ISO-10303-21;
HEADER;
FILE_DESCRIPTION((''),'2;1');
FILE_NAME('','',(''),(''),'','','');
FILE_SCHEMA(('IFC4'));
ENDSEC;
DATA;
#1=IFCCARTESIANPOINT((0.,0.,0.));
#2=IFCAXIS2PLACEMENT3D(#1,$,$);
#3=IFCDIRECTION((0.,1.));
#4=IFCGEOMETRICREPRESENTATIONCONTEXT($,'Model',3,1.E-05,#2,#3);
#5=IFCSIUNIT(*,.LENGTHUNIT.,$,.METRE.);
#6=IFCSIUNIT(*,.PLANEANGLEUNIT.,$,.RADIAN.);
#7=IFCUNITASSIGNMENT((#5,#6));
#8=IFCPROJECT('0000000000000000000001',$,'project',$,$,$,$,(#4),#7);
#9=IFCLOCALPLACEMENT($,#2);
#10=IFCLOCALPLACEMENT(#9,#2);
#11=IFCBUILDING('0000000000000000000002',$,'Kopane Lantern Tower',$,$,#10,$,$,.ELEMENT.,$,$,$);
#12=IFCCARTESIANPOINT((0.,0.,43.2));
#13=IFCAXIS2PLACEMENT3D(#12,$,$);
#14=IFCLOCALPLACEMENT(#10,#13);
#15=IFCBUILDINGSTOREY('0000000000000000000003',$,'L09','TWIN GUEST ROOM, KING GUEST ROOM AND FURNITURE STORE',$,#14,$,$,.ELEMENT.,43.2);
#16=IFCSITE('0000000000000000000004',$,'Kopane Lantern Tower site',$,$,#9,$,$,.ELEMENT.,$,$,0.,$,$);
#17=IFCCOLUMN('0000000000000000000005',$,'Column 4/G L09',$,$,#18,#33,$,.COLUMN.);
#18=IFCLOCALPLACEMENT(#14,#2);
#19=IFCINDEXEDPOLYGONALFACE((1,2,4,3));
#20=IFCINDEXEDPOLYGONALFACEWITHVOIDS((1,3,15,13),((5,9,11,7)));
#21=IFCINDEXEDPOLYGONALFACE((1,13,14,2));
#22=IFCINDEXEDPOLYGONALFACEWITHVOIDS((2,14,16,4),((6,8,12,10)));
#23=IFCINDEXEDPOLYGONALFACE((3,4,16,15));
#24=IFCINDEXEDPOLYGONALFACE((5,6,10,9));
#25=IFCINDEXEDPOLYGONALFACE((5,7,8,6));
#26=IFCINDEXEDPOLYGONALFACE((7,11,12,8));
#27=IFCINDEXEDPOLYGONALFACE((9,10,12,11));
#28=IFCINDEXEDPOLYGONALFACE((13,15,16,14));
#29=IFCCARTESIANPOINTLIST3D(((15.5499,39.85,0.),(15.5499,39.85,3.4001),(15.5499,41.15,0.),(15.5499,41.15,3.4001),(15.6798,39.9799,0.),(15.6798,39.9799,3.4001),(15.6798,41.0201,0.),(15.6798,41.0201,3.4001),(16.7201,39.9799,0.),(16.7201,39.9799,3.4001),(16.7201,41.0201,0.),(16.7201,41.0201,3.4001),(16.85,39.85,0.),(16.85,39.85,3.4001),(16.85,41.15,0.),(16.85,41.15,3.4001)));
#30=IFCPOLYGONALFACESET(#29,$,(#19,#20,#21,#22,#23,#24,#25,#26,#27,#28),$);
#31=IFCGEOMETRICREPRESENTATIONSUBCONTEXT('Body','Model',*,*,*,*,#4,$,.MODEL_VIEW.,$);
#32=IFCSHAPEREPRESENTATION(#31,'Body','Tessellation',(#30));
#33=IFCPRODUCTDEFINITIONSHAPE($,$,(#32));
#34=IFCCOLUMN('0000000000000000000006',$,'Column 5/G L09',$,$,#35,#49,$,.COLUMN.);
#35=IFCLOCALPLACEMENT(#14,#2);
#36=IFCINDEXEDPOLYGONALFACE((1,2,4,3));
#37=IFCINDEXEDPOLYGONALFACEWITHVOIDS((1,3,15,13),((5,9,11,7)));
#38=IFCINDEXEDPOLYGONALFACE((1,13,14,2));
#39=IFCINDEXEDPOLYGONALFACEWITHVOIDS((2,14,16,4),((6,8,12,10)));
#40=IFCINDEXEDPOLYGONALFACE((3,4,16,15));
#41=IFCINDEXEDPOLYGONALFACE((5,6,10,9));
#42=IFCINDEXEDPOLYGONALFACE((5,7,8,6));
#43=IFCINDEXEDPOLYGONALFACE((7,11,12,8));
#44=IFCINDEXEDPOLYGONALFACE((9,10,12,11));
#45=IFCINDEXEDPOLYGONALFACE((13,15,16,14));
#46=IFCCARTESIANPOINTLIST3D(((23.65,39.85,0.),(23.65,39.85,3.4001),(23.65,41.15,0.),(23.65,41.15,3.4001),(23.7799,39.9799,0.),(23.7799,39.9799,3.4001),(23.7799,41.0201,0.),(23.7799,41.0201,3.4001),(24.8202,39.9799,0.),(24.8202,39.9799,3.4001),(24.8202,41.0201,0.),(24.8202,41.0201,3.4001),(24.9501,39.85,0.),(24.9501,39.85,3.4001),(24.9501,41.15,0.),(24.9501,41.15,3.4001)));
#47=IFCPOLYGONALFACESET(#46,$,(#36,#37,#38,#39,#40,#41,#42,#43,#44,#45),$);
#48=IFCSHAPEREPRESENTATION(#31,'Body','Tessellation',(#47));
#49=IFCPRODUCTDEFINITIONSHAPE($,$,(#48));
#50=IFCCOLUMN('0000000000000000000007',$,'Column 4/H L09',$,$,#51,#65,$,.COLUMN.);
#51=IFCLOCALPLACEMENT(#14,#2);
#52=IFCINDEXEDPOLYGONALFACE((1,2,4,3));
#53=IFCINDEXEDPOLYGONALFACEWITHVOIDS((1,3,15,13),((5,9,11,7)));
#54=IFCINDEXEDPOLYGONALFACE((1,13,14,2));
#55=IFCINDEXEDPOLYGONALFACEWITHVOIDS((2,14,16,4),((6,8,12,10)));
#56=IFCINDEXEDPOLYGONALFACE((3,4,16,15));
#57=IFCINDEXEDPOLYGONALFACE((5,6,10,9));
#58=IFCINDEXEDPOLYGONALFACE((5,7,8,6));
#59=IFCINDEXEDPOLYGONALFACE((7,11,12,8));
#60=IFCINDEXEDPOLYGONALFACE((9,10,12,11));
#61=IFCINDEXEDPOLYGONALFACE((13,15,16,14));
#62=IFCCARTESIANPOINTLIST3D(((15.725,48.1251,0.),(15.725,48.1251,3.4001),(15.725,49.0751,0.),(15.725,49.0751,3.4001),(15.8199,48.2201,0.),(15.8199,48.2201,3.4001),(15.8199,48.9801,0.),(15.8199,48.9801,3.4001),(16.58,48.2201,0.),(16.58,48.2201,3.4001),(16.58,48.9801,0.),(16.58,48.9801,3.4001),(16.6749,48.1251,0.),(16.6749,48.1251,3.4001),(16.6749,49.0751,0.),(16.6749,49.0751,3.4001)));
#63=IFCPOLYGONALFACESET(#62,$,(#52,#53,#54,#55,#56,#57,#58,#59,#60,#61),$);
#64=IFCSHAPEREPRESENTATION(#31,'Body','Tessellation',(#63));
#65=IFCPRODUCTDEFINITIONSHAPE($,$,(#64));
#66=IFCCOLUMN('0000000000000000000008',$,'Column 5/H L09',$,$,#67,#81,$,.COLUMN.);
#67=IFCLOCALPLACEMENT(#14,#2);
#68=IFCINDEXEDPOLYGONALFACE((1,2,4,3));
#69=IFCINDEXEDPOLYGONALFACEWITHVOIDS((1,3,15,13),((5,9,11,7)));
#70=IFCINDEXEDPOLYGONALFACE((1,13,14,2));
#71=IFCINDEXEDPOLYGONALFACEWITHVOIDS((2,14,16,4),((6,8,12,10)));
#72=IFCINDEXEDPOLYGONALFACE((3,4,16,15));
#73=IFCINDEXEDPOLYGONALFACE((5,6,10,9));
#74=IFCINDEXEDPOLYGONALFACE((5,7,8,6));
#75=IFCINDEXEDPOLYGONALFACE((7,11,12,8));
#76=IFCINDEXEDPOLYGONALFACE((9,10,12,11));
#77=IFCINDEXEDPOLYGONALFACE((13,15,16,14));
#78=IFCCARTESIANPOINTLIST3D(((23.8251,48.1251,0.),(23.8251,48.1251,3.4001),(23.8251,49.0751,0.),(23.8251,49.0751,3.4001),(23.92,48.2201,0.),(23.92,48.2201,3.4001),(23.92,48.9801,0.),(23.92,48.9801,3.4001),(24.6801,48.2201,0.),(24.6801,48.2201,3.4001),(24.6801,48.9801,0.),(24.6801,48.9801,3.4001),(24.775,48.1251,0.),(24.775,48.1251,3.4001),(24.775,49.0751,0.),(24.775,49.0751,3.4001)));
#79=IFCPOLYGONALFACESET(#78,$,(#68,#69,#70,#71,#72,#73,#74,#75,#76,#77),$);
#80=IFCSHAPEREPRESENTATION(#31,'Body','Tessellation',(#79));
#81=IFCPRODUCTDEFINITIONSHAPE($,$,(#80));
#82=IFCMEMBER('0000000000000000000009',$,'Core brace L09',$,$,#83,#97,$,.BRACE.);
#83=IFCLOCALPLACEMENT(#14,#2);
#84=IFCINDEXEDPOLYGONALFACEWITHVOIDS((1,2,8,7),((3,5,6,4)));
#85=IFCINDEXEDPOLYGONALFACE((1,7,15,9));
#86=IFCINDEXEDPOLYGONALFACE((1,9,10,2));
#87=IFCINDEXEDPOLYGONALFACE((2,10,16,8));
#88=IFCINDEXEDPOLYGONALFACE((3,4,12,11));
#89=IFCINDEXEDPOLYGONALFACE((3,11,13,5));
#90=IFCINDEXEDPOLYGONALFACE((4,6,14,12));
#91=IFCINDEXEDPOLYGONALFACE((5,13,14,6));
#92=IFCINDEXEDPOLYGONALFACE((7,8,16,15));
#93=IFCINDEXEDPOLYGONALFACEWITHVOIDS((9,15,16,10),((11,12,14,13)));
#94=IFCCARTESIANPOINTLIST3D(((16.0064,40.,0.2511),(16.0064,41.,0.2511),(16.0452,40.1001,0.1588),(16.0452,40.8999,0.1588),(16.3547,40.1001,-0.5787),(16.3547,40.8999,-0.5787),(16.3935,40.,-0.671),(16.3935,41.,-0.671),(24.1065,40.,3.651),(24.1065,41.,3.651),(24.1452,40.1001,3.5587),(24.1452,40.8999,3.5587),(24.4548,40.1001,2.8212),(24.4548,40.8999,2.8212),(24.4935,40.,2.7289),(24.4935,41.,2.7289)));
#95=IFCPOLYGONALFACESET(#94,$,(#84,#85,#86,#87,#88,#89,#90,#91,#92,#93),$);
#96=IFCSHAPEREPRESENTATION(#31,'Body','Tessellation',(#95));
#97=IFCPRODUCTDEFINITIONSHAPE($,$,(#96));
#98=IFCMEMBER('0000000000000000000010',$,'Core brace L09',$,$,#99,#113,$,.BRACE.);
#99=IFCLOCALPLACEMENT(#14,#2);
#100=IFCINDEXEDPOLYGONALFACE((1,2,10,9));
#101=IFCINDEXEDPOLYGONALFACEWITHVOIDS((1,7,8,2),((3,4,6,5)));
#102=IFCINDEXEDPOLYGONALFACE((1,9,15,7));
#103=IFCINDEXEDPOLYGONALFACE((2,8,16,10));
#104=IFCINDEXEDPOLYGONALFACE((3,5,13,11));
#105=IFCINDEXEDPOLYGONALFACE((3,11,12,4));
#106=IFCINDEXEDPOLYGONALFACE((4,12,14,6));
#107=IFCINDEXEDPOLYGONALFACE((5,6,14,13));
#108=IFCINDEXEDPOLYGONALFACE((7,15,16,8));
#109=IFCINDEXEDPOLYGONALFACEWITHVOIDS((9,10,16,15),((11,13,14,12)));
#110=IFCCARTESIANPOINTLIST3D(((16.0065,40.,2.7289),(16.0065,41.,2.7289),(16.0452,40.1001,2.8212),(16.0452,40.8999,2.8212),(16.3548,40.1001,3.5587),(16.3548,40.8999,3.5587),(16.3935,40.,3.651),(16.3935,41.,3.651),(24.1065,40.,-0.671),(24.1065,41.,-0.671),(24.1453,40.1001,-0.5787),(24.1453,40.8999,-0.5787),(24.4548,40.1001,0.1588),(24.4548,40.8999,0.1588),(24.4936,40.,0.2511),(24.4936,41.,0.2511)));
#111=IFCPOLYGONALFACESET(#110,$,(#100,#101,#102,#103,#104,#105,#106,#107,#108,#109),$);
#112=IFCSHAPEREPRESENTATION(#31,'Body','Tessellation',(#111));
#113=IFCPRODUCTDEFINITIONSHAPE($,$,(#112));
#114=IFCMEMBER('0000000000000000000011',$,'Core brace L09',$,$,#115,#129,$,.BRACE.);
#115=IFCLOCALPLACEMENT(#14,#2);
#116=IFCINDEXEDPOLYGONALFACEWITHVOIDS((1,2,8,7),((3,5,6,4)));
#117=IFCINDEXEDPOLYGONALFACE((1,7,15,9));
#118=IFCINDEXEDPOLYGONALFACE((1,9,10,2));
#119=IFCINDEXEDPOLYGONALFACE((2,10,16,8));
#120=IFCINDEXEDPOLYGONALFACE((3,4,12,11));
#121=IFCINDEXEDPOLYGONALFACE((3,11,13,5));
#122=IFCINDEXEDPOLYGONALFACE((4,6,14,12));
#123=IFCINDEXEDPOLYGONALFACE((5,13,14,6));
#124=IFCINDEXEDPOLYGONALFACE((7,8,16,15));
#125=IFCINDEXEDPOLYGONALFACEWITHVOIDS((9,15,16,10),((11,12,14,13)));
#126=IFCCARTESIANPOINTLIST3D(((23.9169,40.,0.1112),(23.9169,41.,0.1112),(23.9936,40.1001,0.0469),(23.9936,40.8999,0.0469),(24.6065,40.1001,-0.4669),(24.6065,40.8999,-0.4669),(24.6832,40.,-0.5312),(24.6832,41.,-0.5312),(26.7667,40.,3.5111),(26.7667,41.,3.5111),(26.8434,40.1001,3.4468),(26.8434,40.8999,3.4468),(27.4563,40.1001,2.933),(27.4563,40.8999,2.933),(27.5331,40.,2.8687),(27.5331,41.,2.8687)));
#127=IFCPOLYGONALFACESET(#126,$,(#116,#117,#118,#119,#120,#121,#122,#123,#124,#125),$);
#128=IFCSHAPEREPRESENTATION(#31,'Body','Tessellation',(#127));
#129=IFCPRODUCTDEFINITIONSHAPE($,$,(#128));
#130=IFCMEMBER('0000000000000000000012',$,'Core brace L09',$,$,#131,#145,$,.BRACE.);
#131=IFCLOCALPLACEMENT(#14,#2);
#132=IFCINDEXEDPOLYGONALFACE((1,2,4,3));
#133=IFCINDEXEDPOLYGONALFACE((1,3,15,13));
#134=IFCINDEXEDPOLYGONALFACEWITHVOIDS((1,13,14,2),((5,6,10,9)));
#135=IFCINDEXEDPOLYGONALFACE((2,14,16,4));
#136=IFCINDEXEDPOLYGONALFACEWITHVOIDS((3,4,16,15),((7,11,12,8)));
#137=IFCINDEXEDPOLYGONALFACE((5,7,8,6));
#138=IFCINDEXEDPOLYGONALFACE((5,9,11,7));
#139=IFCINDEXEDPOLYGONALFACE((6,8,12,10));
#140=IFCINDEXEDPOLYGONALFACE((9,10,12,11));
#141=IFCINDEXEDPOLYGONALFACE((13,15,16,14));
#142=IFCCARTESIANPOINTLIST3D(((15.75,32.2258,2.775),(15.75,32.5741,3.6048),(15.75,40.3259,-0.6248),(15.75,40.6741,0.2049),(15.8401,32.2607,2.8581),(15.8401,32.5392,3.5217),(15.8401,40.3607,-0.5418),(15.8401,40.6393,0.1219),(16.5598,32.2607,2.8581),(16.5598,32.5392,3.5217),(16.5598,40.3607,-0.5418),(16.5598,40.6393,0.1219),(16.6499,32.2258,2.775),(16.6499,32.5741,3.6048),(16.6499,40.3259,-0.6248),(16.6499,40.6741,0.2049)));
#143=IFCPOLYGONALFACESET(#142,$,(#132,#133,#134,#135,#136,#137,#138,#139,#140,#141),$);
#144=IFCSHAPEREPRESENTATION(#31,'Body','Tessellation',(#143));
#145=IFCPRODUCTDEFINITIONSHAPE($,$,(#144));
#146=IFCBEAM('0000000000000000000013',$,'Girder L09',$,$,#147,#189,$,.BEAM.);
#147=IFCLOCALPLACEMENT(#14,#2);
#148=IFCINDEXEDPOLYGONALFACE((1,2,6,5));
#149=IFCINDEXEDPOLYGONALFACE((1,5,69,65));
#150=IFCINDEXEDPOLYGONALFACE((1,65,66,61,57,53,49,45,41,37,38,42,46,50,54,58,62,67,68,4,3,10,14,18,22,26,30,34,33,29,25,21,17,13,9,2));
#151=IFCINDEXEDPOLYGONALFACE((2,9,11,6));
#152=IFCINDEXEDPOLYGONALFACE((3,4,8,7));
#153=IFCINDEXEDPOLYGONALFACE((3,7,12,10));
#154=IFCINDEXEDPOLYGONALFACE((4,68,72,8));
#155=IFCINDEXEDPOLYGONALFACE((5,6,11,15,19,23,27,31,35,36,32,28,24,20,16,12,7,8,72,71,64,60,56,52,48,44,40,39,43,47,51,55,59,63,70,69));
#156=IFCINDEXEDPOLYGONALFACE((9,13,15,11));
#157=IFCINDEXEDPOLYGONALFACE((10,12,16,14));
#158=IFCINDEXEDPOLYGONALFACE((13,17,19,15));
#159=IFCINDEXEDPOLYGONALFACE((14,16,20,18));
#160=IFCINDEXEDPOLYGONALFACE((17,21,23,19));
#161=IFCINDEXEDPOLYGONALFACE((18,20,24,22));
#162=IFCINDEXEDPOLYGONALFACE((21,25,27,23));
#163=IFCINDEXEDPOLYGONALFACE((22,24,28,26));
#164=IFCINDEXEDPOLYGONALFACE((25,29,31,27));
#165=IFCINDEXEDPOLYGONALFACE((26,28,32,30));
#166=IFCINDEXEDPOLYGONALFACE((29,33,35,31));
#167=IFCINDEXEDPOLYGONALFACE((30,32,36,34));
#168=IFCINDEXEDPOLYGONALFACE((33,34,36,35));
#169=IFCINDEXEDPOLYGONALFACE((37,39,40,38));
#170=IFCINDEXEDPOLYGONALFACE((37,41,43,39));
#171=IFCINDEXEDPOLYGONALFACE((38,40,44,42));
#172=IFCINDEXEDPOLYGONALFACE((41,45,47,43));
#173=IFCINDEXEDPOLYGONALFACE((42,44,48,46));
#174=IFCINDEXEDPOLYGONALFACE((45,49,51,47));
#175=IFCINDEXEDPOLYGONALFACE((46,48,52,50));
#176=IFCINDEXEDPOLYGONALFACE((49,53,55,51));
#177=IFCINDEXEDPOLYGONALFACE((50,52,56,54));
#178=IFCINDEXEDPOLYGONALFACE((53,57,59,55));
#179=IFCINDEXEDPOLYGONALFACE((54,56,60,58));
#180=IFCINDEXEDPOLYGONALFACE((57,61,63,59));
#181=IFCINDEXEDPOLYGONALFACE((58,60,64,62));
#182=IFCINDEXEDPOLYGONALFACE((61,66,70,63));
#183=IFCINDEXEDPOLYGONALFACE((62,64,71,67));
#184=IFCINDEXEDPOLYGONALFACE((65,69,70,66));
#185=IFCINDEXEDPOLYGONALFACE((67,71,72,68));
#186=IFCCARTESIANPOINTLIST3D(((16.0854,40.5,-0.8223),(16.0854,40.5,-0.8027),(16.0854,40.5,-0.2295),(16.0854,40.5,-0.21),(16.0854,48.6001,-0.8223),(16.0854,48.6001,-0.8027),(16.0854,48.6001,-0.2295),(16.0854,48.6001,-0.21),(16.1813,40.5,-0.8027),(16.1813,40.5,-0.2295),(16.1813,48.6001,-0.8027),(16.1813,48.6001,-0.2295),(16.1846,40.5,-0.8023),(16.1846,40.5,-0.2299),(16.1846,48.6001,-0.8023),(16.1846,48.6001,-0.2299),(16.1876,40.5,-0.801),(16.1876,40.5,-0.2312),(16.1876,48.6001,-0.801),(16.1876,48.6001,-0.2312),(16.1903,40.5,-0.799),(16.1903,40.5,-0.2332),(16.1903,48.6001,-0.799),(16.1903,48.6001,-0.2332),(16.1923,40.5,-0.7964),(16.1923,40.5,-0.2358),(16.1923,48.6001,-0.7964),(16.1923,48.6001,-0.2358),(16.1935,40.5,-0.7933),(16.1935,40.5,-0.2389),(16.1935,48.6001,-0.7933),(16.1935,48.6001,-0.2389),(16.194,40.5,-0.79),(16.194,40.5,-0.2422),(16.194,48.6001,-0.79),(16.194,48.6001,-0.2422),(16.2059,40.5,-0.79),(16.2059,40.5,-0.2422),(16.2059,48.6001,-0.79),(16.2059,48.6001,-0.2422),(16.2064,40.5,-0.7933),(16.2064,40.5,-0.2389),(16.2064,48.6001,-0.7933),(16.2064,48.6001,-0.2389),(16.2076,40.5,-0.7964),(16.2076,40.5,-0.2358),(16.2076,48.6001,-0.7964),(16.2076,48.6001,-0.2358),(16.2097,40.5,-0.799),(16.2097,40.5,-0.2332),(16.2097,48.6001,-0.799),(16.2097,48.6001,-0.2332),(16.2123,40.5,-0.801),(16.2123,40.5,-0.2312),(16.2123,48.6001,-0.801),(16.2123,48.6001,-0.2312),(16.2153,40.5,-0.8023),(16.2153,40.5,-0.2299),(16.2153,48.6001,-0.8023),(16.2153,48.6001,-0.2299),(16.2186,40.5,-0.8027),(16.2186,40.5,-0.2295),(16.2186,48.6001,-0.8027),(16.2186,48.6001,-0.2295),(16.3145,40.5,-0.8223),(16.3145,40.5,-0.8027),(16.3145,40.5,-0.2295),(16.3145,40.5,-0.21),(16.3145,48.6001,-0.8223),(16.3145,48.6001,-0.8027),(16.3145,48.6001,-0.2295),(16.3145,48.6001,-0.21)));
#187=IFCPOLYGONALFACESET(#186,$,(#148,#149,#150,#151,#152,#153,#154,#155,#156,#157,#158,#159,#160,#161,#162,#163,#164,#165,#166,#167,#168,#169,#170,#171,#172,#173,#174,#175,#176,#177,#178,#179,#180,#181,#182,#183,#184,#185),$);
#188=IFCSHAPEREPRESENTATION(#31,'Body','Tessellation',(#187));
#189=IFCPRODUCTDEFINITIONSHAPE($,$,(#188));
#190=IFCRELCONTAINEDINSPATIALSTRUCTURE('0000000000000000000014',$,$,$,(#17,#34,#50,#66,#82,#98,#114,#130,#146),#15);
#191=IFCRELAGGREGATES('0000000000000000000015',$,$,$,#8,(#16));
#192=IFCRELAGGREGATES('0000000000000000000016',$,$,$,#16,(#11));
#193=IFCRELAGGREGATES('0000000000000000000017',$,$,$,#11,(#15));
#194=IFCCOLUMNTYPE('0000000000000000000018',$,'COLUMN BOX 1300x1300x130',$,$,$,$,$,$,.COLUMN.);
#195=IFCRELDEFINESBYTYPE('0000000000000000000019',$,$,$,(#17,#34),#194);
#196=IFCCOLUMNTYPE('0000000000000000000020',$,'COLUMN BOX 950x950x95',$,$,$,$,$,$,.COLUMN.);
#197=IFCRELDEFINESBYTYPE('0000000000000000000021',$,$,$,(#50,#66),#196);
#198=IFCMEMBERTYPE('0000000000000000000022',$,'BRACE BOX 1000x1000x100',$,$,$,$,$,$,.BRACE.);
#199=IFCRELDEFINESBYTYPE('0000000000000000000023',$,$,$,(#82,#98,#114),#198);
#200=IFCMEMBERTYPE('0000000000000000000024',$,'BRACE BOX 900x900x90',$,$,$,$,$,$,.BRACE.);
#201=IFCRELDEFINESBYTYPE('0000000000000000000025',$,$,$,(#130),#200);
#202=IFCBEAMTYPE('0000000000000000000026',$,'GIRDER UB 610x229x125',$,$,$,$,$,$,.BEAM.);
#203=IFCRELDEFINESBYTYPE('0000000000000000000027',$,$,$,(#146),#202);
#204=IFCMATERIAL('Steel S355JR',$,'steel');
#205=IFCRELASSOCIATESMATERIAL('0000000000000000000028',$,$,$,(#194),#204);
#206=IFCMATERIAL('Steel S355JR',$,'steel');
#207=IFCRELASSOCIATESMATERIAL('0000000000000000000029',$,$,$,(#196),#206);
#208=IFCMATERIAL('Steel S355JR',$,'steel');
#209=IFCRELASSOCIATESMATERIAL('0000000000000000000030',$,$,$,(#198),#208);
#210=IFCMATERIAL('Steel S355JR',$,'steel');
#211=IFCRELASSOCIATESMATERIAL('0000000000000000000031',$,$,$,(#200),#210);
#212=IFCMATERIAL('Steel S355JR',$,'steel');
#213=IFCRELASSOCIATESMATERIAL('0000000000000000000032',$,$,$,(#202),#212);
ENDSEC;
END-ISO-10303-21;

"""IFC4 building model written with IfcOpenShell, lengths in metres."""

from ifc_helpers import new_model, si_unit, direction, frame, origin, origin_2d, place, context, subcontext, project, spatial, hollow_rectangle, i_section, extrude, material, material_profile, profile_set, type_object, element, save


model = new_model("IFC4")

# Units and contexts
model_context = context("Model", 3, precision=1e-05, world=origin(), true_north=direction((0.0, 1.0)))
body_context = subcontext(model_context, "Body", "Model", "MODEL_VIEW")
ifc_project = project(units=[si_unit("LENGTHUNIT", "METRE"), si_unit("PLANEANGLEUNIT", "RADIAN")], contexts=[model_context])

# Site, building, storey
site_placement = place(None, origin())
site = spatial("IfcSite", under=ifc_project, at=site_placement, Name="Kopane Lantern Tower site", CompositionType="ELEMENT", RefElevation=0.0)
building_placement = place(site_placement, origin())
building = spatial("IfcBuilding", under=site, at=building_placement, Name="Kopane Lantern Tower", CompositionType="ELEMENT")
storey_placement = place(building_placement, frame((0.0, 0.0, 43.2)))
storey = spatial("IfcBuildingStorey", under=building, at=storey_placement, Name="L09", Description="TWIN GUEST ROOM, KING GUEST ROOM AND FURNITURE STORE", CompositionType="ELEMENT", Elevation=43.2)

# Columns
ifc_material_1 = material(Name="Steel S355JR", Category="steel")
ifc_material_profile_1 = material_profile(ifc_material_1, hollow_rectangle(XDim=1.3, YDim=1.3, WallThickness=0.1299, at=origin_2d()), Name="BOX 1300x1300x130")
ifc_profile_set_1 = profile_set([ifc_material_profile_1], Name="Steel S355JR")
column_type_1 = type_object("IfcColumnType", Name="COLUMN BOX 1300x1300x130", PredefinedType="COLUMN", material=ifc_profile_set_1)
for number, where, z_axis, x_axis, name in (
    (1, (16.2, 40.5, 0.0), (0.0, 0.0, 1.0), (1.0, 0.0, 0.0), "Column 4/G L09"),
    (2, (24.3, 40.5, 0.0), (0.0, 0.0, 1.0), (1.0, 0.0, 0.0), "Column 5/G L09"),
):
    element("IfcColumn", number, at=place(storey_placement, frame(where, z_axis=z_axis, x_axis=x_axis)), inside=storey, type_object=column_type_1, Name=name, PredefinedType="COLUMN", context=body_context, shape_type="SweptSolid", body=[
        extrude(hollow_rectangle(XDim=1.3, YDim=1.3, WallThickness=0.1299, at=origin_2d()), origin(), (0.0, 0.0, 1.0), 3.4001),
    ])
ifc_material_2 = material(Name="Steel S355JR", Category="steel")
ifc_material_profile_2 = material_profile(ifc_material_2, hollow_rectangle(XDim=0.95, YDim=0.95, WallThickness=0.095, at=origin_2d()), Name="BOX 950x950x95")
ifc_profile_set_2 = profile_set([ifc_material_profile_2], Name="Steel S355JR")
column_type_2 = type_object("IfcColumnType", Name="COLUMN BOX 950x950x95", PredefinedType="COLUMN", material=ifc_profile_set_2)
for number, where, z_axis, x_axis, name in (
    (3, (16.2, 48.6001, 0.0), (0.0, 0.0, 1.0), (1.0, 0.0, 0.0), "Column 4/H L09"),
    (4, (24.3, 48.6001, 0.0), (0.0, 0.0, 1.0), (1.0, 0.0, 0.0), "Column 5/H L09"),
):
    element("IfcColumn", number, at=place(storey_placement, frame(where, z_axis=z_axis, x_axis=x_axis)), inside=storey, type_object=column_type_2, Name=name, PredefinedType="COLUMN", context=body_context, shape_type="SweptSolid", body=[
        extrude(hollow_rectangle(XDim=0.95, YDim=0.95, WallThickness=0.095, at=origin_2d()), origin(), (0.0, 0.0, 1.0), 3.4001),
    ])

# Members
ifc_material_3 = material(Name="Steel S355JR", Category="steel")
ifc_material_profile_3 = material_profile(ifc_material_3, hollow_rectangle(XDim=1.0, YDim=1.0, WallThickness=0.1001, at=origin_2d()), Name="BOX 1000x1000x100")
ifc_profile_set_3 = profile_set([ifc_material_profile_3], Name="Steel S355JR")
member_type_1 = type_object("IfcMemberType", Name="BRACE BOX 1000x1000x100", PredefinedType="BRACE", material=ifc_profile_set_3)
for number, where, z_axis, x_axis, name in (
    (5, (16.2, 40.5, -0.21), (0.922069, 0.0, 0.387026), (0.0, 1.0, 0.0), "Core brace L09"),
    (6, (24.3, 40.5, -0.21), (-0.922069, 0.0, 0.387026), (0.0, -1.0, 0.0), "Core brace L09"),
):
    element("IfcMember", number, at=place(storey_placement, frame(where, z_axis=z_axis, x_axis=x_axis)), inside=storey, type_object=member_type_1, Name=name, PredefinedType="BRACE", context=body_context, shape_type="SweptSolid", body=[
        extrude(hollow_rectangle(XDim=1.0, YDim=1.0, WallThickness=0.1001, at=origin_2d()), origin(), (0.0, 0.0, 1.0), 8.7847),
    ])
member_1_placement = place(storey_placement, frame((24.3, 40.5, -0.21), z_axis=(0.64239, 0.0, 0.766378), x_axis=(0.0, 1.0, 0.0)))
element("IfcMember", 7, at=member_1_placement, inside=storey, type_object=member_type_1, Name="Core brace L09", PredefinedType="BRACE", context=body_context, shape_type="SweptSolid", body=[
    extrude(hollow_rectangle(XDim=1.0, YDim=1.0, WallThickness=0.1001, at=origin_2d()), origin(), (0.0, 0.0, 1.0), 4.4363),
])
ifc_material_4 = material(Name="Steel S355JR", Category="steel")
ifc_material_profile_4 = material_profile(ifc_material_4, hollow_rectangle(XDim=0.8999, YDim=0.8999, WallThickness=0.0901, at=origin_2d()), Name="BOX 900x900x90")
ifc_profile_set_4 = profile_set([ifc_material_profile_4], Name="Steel S355JR")
member_type_2 = type_object("IfcMemberType", Name="BRACE BOX 900x900x90", PredefinedType="BRACE", material=ifc_profile_set_4)
member_2_placement = place(storey_placement, frame((16.2, 40.5, -0.21), z_axis=(0.0, -0.922069, 0.387026), x_axis=(1.0, 0.0, 0.0)))
element("IfcMember", 8, at=member_2_placement, inside=storey, type_object=member_type_2, Name="Core brace L09", PredefinedType="BRACE", context=body_context, shape_type="SweptSolid", body=[
    extrude(hollow_rectangle(XDim=0.8999, YDim=0.8999, WallThickness=0.0901, at=origin_2d()), origin(), (0.0, 0.0, 1.0), 8.7847),
])

# Beam
ifc_material_5 = material(Name="Steel S355JR", Category="steel")
ifc_material_profile_5 = material_profile(ifc_material_5, i_section(OverallWidth=0.229, OverallDepth=0.6123, WebThickness=0.012, FlangeThickness=0.0195, FilletRadius=0.0127, at=origin_2d()), Name="UB 610x229x125")
ifc_profile_set_5 = profile_set([ifc_material_profile_5], Name="Steel S355JR")
beam_type_1 = type_object("IfcBeamType", Name="GIRDER UB 610x229x125", PredefinedType="BEAM", material=ifc_profile_set_5)
for number, where, z_axis, x_axis, name in (
    (9, (16.2, 40.5, -0.5161), (0.0, 1.0, 0.0), (-1.0, 0.0, 0.0), "Girder L09"),
):
    element("IfcBeam", number, at=place(storey_placement, frame(where, z_axis=z_axis, x_axis=x_axis)), inside=storey, type_object=beam_type_1, Name=name, PredefinedType="BEAM", context=body_context, shape_type="SweptSolid", body=[
        extrude(i_section(OverallWidth=0.229, OverallDepth=0.6123, WebThickness=0.012, FlangeThickness=0.0195, FilletRadius=0.0127, at=origin_2d()), origin(), (0.0, 0.0, 1.0), 8.1001),
    ])

save(model, "model.ifc")
